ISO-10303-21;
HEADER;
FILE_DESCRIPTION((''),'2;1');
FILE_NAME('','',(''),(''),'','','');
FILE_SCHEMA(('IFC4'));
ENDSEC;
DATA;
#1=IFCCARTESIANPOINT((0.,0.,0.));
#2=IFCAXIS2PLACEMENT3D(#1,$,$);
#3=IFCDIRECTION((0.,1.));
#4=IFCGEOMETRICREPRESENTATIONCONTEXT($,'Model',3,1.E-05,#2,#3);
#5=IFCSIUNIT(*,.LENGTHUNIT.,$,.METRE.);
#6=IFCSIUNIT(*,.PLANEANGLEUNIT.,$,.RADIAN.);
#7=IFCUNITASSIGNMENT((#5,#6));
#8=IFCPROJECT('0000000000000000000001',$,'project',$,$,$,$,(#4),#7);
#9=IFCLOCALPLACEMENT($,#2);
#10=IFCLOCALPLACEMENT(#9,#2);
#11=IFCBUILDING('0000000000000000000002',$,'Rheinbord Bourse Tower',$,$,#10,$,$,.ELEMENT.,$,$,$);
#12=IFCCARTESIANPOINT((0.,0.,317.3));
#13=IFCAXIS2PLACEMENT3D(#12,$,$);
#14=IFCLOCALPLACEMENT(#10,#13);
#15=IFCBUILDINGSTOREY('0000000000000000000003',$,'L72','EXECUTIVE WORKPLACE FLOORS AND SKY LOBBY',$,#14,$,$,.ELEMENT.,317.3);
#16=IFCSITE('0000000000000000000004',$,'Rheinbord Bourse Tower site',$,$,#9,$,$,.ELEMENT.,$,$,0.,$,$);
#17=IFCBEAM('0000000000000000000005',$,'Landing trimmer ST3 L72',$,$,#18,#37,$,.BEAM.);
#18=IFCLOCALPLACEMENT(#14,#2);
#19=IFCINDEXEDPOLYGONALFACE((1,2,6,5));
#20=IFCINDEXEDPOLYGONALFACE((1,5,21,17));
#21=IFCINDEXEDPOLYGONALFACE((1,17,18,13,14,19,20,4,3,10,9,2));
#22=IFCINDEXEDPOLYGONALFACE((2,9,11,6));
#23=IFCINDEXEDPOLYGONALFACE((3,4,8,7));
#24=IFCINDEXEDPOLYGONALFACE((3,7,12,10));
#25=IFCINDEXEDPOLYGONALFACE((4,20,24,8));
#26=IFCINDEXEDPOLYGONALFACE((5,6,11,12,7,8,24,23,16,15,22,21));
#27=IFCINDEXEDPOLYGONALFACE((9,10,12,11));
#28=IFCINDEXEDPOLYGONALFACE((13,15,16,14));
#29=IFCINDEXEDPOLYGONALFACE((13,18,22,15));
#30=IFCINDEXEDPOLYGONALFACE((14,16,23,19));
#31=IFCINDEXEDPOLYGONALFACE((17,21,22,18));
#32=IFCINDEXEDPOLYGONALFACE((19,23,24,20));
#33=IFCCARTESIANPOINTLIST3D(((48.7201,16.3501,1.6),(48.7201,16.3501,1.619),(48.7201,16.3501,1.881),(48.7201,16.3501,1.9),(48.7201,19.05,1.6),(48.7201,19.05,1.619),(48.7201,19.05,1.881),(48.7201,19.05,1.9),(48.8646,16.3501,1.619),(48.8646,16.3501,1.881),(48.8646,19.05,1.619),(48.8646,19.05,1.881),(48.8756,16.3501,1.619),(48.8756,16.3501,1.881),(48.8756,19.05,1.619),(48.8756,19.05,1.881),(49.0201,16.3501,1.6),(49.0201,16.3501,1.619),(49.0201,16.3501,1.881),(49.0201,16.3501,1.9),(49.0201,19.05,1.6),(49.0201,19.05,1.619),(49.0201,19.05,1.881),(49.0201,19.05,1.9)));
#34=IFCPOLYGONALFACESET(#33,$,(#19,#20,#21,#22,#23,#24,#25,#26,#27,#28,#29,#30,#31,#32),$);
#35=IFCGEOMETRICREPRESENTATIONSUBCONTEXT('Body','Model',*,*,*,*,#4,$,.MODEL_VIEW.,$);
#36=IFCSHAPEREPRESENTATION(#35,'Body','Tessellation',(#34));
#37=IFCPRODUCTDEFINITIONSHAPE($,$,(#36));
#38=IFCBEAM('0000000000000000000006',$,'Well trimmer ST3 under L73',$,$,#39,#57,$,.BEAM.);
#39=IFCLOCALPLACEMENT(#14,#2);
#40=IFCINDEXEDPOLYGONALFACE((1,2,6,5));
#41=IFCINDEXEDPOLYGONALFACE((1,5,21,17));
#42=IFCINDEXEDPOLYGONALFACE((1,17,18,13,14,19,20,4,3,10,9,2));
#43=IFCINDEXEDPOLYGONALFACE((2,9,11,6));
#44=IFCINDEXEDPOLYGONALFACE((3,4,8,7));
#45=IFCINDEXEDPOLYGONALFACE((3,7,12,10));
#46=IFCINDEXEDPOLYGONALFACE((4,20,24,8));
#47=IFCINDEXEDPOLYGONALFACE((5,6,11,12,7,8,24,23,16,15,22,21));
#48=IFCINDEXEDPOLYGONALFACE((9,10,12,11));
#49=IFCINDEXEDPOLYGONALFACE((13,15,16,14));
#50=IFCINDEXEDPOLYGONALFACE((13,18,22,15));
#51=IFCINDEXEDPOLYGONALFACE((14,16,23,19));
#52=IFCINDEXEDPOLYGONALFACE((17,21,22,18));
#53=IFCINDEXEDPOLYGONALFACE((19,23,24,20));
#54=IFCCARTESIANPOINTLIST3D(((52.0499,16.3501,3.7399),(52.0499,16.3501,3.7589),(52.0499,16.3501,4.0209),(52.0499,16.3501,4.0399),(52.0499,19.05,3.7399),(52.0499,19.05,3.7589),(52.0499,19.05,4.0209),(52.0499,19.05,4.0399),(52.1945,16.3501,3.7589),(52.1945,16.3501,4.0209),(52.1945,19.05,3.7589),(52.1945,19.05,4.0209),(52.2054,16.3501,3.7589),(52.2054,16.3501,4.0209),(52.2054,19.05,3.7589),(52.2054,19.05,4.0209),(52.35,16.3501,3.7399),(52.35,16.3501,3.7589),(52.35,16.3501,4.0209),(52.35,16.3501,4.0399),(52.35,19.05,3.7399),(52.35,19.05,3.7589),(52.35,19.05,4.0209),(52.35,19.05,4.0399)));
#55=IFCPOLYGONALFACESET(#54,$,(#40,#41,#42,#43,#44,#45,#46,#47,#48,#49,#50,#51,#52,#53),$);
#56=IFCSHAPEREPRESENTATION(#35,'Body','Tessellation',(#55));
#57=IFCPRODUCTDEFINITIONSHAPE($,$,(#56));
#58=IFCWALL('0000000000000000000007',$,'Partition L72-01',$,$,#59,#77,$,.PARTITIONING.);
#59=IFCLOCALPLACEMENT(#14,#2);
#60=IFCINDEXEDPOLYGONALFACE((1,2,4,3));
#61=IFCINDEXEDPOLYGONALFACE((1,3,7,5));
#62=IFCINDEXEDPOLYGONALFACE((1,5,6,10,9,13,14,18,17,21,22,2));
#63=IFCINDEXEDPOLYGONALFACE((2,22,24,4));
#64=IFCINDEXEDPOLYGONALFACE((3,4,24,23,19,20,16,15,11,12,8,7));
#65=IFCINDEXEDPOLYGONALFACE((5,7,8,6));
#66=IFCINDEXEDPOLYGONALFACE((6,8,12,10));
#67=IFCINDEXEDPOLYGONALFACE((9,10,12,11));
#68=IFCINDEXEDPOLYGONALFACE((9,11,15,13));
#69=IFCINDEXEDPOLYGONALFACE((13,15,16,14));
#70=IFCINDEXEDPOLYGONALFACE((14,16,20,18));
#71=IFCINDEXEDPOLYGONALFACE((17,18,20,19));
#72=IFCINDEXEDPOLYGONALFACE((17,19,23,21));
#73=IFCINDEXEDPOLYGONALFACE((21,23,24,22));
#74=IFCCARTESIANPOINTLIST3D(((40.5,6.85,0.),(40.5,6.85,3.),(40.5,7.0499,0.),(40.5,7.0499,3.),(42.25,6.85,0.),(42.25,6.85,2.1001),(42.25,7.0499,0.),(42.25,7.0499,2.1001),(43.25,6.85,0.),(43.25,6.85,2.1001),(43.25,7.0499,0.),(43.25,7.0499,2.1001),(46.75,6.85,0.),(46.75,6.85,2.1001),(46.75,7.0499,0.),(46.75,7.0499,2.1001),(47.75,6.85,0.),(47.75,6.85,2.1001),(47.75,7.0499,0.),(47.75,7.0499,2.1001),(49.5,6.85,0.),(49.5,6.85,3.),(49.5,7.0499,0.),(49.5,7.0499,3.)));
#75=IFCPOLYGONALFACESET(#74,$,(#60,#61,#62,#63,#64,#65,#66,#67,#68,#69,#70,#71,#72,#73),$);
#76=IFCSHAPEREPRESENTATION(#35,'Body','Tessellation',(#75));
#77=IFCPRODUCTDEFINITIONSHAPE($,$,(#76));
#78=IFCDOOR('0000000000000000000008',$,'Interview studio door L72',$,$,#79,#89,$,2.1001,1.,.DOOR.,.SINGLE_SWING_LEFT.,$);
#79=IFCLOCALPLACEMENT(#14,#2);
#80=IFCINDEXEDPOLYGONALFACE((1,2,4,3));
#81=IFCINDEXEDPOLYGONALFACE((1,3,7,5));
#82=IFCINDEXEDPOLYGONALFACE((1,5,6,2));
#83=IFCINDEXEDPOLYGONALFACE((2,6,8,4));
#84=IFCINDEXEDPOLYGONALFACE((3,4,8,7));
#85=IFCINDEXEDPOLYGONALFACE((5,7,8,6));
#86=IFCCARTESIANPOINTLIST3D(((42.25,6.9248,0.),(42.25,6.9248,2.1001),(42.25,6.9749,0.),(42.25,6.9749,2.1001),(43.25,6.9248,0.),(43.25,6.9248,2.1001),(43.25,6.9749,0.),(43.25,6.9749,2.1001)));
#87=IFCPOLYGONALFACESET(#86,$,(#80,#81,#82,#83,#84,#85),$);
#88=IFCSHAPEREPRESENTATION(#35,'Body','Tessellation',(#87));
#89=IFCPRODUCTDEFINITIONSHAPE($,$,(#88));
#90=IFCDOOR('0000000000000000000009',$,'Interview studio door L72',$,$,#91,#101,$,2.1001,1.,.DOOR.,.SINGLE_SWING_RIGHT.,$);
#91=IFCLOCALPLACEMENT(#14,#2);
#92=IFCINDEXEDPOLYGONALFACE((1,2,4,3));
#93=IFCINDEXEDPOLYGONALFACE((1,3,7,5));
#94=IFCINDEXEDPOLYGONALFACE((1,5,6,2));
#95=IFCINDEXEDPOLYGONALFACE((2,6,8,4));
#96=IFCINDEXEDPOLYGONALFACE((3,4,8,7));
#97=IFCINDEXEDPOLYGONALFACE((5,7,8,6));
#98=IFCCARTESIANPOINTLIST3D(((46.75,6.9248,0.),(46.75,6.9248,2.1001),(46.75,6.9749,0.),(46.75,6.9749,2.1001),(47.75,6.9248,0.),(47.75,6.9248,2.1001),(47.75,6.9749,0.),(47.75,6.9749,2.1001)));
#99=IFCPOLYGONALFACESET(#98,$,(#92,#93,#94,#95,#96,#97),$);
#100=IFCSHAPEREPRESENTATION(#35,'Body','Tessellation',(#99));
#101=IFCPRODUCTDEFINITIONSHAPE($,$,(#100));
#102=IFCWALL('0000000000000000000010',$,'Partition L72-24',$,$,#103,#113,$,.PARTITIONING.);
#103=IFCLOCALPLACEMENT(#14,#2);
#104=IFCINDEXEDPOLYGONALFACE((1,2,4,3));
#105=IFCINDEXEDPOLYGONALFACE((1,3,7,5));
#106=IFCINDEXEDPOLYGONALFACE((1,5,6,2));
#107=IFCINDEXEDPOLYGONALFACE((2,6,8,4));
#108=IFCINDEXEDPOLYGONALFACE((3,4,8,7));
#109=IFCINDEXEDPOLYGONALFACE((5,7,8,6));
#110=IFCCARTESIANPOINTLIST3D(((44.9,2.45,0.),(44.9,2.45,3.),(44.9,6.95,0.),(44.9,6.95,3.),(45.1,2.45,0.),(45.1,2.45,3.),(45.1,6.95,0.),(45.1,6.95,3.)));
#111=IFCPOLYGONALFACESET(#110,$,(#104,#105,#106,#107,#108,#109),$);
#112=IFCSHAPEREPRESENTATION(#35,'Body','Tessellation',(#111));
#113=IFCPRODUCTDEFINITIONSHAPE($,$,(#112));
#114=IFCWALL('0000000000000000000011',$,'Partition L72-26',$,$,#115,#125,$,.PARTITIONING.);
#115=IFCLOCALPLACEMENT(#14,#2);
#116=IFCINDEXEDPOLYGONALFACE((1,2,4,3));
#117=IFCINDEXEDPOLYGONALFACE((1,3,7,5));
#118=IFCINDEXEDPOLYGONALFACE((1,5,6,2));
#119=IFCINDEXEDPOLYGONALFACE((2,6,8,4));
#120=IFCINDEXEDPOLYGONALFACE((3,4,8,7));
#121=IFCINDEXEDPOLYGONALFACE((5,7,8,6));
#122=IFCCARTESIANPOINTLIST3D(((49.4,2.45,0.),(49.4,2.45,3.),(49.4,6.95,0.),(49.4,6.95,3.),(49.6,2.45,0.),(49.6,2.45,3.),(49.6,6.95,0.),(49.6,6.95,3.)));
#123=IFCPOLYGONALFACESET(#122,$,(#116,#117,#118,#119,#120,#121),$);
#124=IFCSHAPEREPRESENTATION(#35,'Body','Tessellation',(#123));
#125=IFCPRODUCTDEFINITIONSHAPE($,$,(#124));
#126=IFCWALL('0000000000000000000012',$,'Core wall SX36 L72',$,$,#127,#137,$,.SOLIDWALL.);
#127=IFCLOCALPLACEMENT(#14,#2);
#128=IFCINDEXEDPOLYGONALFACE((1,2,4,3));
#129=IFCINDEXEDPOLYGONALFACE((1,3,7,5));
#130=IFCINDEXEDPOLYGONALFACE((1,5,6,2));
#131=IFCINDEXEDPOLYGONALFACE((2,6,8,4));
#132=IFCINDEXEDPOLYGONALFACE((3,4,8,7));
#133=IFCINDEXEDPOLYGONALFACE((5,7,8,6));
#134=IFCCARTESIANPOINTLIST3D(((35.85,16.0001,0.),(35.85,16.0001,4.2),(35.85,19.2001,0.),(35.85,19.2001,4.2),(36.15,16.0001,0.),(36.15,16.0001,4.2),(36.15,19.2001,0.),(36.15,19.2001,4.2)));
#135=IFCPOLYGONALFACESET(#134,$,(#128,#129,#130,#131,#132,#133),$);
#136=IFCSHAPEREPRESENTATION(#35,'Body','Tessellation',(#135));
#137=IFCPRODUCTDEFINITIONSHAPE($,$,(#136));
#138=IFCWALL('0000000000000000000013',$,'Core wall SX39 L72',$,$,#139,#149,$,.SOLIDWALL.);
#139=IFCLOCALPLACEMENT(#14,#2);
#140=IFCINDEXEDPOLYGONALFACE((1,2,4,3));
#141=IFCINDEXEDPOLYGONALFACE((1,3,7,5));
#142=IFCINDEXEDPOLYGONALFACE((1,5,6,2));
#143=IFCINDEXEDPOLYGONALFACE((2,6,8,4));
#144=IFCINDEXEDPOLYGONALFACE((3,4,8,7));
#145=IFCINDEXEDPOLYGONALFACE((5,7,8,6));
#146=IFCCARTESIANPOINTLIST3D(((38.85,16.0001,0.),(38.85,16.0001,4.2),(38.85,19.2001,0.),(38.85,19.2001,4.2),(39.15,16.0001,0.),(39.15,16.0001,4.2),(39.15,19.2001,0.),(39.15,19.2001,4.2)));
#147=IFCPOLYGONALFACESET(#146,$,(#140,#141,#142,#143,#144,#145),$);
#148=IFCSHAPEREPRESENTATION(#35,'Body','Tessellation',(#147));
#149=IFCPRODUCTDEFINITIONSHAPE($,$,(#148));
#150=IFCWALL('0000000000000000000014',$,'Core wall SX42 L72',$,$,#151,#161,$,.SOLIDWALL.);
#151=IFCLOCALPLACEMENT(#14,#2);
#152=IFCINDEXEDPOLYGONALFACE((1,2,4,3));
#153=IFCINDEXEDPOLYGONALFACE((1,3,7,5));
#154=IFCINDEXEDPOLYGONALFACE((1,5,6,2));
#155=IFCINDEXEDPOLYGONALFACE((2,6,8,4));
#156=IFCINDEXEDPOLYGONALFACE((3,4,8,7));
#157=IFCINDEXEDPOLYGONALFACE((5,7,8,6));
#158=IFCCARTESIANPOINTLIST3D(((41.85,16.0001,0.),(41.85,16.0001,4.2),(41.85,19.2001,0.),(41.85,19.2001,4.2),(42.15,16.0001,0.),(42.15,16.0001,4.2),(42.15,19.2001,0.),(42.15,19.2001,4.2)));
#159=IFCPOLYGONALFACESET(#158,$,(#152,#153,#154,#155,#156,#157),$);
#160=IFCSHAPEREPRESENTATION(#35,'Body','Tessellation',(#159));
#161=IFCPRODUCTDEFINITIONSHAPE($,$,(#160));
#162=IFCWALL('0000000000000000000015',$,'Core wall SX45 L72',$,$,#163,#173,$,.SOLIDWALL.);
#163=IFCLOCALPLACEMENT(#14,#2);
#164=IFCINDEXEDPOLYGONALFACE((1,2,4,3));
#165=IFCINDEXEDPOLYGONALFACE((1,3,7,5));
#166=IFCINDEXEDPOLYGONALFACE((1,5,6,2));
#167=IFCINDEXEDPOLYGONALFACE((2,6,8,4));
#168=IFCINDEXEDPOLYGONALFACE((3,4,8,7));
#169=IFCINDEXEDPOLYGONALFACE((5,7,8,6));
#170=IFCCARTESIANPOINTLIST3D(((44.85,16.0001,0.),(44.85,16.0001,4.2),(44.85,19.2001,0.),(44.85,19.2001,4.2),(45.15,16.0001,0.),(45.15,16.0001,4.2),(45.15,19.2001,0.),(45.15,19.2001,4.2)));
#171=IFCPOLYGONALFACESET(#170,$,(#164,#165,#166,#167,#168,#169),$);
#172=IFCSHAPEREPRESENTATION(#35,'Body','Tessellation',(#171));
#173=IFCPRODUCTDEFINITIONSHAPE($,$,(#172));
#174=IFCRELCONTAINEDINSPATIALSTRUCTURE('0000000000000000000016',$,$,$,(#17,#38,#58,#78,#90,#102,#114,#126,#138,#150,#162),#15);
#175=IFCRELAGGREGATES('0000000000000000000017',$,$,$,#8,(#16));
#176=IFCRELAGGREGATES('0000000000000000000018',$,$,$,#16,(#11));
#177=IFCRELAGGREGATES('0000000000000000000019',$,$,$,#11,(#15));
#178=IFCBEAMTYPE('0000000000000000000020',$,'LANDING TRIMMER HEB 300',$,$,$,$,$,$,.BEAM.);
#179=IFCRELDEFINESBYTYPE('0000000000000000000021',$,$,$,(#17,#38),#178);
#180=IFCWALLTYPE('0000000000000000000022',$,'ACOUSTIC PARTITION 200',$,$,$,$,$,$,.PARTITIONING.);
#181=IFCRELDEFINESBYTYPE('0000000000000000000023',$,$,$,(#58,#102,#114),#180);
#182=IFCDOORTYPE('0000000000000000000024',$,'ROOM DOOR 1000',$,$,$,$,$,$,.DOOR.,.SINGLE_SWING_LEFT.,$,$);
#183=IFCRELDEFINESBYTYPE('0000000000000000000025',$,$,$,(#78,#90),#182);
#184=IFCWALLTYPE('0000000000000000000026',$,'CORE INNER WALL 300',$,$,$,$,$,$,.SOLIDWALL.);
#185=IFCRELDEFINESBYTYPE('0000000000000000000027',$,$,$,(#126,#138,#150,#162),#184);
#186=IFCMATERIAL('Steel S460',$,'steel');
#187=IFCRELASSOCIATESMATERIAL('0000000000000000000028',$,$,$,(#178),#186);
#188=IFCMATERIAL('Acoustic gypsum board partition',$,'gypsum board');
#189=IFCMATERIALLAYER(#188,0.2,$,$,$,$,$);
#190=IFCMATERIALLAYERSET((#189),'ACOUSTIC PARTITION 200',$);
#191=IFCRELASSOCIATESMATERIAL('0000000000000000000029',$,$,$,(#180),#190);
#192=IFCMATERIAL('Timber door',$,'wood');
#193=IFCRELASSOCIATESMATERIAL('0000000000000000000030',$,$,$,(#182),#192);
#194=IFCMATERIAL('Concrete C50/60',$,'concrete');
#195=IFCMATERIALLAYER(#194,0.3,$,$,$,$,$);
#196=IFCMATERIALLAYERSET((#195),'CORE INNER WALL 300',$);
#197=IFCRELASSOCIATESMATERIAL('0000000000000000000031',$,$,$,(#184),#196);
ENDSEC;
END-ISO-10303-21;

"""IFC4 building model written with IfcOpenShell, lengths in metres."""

from ifc_helpers import new_model, si_unit, direction, frame, frame_2d, origin, origin_2d, place, context, subcontext, project, spatial, rectangle, i_section, extrude, material, layer, layer_set, material_profile, profile_set, type_object, element, fill, save


model = new_model("IFC4")

# Units and contexts
model_context = context("Model", 3, precision=1e-05, world=origin(), true_north=direction((0.0, 1.0)))
body_context = subcontext(model_context, "Body", "Model", "MODEL_VIEW")
ifc_project = project(units=[si_unit("LENGTHUNIT", "METRE"), si_unit("PLANEANGLEUNIT", "RADIAN")], contexts=[model_context])

# Site, building, storey
site_placement = place(None, origin())
site = spatial("IfcSite", under=ifc_project, at=site_placement, Name="Rheinbord Bourse Tower site", CompositionType="ELEMENT", RefElevation=0.0)
building_placement = place(site_placement, origin())
building = spatial("IfcBuilding", under=site, at=building_placement, Name="Rheinbord Bourse Tower", CompositionType="ELEMENT")
storey_placement = place(building_placement, frame((0.0, 0.0, 317.3)))
storey = spatial("IfcBuildingStorey", under=building, at=storey_placement, Name="L72", Description="EXECUTIVE WORKPLACE FLOORS AND SKY LOBBY", CompositionType="ELEMENT", Elevation=317.3)

# Beams
ifc_material_1 = material(Name="Steel S460", Category="steel")
ifc_material_profile = material_profile(ifc_material_1, i_section(OverallWidth=0.3, OverallDepth=0.3, WebThickness=0.011, FlangeThickness=0.019, at=origin_2d()), Name="HEB 300")
ifc_profile_set = profile_set([ifc_material_profile], Name="Steel S460")
beam_type = type_object("IfcBeamType", Name="LANDING TRIMMER HEB 300", PredefinedType="BEAM", material=ifc_profile_set)
for number, where, z_axis, x_axis, name in (
    (1, (48.8701, 16.3501, 1.75), (0.0, 1.0, 0.0), (-1.0, 0.0, 0.0), "Landing trimmer ST3 L72"),
    (2, (52.2, 16.3501, 3.8899), (0.0, 1.0, 0.0), (-1.0, 0.0, 0.0), "Well trimmer ST3 under L73"),
):
    element("IfcBeam", number, at=place(storey_placement, frame(where, z_axis=z_axis, x_axis=x_axis)), inside=storey, type_object=beam_type, Name=name, PredefinedType="BEAM", context=body_context, shape_type="SweptSolid", body=[
        extrude(i_section(OverallWidth=0.3, OverallDepth=0.3, WebThickness=0.011, FlangeThickness=0.019, at=origin_2d()), origin(), (0.0, 0.0, 1.0), 2.7),
    ])

# Wall, openings, doors
ifc_material_2 = material(Name="Acoustic gypsum board partition", Category="gypsum board")
ifc_layer_1 = layer(ifc_material_2, 0.2)
ifc_layer_set_1 = layer_set([ifc_layer_1], Name="ACOUSTIC PARTITION 200")
wall_type_1 = type_object("IfcWallType", Name="ACOUSTIC PARTITION 200", PredefinedType="PARTITIONING", material=ifc_layer_set_1)
wall_1_placement = place(storey_placement, frame((40.5, 6.95, 0.0), z_axis=(0.0, 0.0, 1.0), x_axis=(1.0, 0.0, 0.0)))
wall_1 = element("IfcWall", 3, at=wall_1_placement, inside=storey, type_object=wall_type_1, Name="Partition L72-01", PredefinedType="PARTITIONING", context=body_context, shape_type="SweptSolid", body=[
    extrude(rectangle(XDim=9.0, YDim=0.2, at=frame_2d((4.5, 0.0))), origin(), (0.0, 0.0, 1.0), 3.0),
])
opening_1_placement = place(wall_1_placement, frame((1.75, 0.0, 0.0)))
opening_1 = element("IfcOpeningElement", 4, at=opening_1_placement, cuts=wall_1, PredefinedType="OPENING", context=body_context, shape_type="SweptSolid", body=[
    extrude(rectangle(XDim=1.0, YDim=2.1001, at=frame_2d((0.5, 1.05))), frame((0.0, 0.1099, 0.0), z_axis=(0.0, -1.0, 0.0), x_axis=(1.0, 0.0, 0.0)), (0.0, 0.0, 1.0), 0.22),
])
opening_2_placement = place(wall_1_placement, frame((6.25, 0.0, 0.0)))
opening_2 = element("IfcOpeningElement", 5, at=opening_2_placement, cuts=wall_1, PredefinedType="OPENING", context=body_context, shape_type="SweptSolid", body=[
    extrude(rectangle(XDim=1.0, YDim=2.1001, at=frame_2d((0.5, 1.05))), frame((0.0, 0.1099, 0.0), z_axis=(0.0, -1.0, 0.0), x_axis=(1.0, 0.0, 0.0)), (0.0, 0.0, 1.0), 0.22),
])
ifc_material_3 = material(Name="Timber door", Category="wood")
door_type_1 = type_object("IfcDoorType", Name="ROOM DOOR 1000", OperationType="SINGLE_SWING_LEFT", PredefinedType="DOOR", material=ifc_material_3)
door_1_placement = place(opening_1_placement, origin())
door_1 = element("IfcDoor", 6, at=door_1_placement, inside=storey, type_object=door_type_1, Name="Interview studio door L72", OperationType="SINGLE_SWING_LEFT", OverallHeight=2.1001, OverallWidth=1.0, PredefinedType="DOOR", context=body_context, shape_type="SweptSolid", body=[
    extrude(rectangle(XDim=1.0, YDim=2.1001, at=frame_2d((0.5, 1.05))), frame((0.0, 0.0249, 0.0), z_axis=(0.0, -1.0, 0.0), x_axis=(1.0, 0.0, 0.0)), (0.0, 0.0, 1.0), 0.05),
])
fill(opening_1, door_1)
door_2_placement = place(opening_2_placement, origin())
door_2 = element("IfcDoor", 7, at=door_2_placement, inside=storey, type_object=door_type_1, Name="Interview studio door L72", OperationType="SINGLE_SWING_RIGHT", OverallHeight=2.1001, OverallWidth=1.0, PredefinedType="DOOR", context=body_context, shape_type="SweptSolid", body=[
    extrude(rectangle(XDim=1.0, YDim=2.1001, at=frame_2d((0.5, 1.05))), frame((0.0, 0.0249, 0.0), z_axis=(0.0, -1.0, 0.0), x_axis=(1.0, 0.0, 0.0)), (0.0, 0.0, 1.0), 0.05),
])
fill(opening_2, door_2)

# Walls
for number, where, z_axis, x_axis, name in (
    (8, (45.0, 2.45, 0.0), (0.0, 0.0, 1.0), (0.0, 1.0, 0.0), "Partition L72-24"),
    (9, (49.5, 2.45, 0.0), (0.0, 0.0, 1.0), (0.0, 1.0, 0.0), "Partition L72-26"),
):
    element("IfcWall", number, at=place(storey_placement, frame(where, z_axis=z_axis, x_axis=x_axis)), inside=storey, type_object=wall_type_1, Name=name, PredefinedType="PARTITIONING", context=body_context, shape_type="SweptSolid", body=[
        extrude(rectangle(XDim=4.5, YDim=0.2, at=frame_2d((2.25, 0.0))), origin(), (0.0, 0.0, 1.0), 3.0),
    ])
ifc_material_4 = material(Name="Concrete C50/60", Category="concrete")
ifc_layer_2 = layer(ifc_material_4, 0.3)
ifc_layer_set_2 = layer_set([ifc_layer_2], Name="CORE INNER WALL 300")
wall_type_2 = type_object("IfcWallType", Name="CORE INNER WALL 300", PredefinedType="SOLIDWALL", material=ifc_layer_set_2)
for number, where, z_axis, x_axis, name in (
    (10, (36.0, 16.0, 0.0), (0.0, 0.0, 1.0), (0.0, 1.0, 0.0), "Core wall SX36 L72"),
    (11, (39.0, 16.0, 0.0), (0.0, 0.0, 1.0), (0.0, 1.0, 0.0), "Core wall SX39 L72"),
    (12, (42.0, 16.0, 0.0), (0.0, 0.0, 1.0), (0.0, 1.0, 0.0), "Core wall SX42 L72"),
    (13, (45.0, 16.0, 0.0), (0.0, 0.0, 1.0), (0.0, 1.0, 0.0), "Core wall SX45 L72"),
):
    element("IfcWall", number, at=place(storey_placement, frame(where, z_axis=z_axis, x_axis=x_axis)), inside=storey, type_object=wall_type_2, Name=name, PredefinedType="SOLIDWALL", context=body_context, shape_type="SweptSolid", body=[
        extrude(rectangle(XDim=3.2, YDim=0.3, at=frame_2d((1.6001, 0.0))), origin(), (0.0, 0.0, 1.0), 4.2),
    ])

save(model, "model.ifc")
